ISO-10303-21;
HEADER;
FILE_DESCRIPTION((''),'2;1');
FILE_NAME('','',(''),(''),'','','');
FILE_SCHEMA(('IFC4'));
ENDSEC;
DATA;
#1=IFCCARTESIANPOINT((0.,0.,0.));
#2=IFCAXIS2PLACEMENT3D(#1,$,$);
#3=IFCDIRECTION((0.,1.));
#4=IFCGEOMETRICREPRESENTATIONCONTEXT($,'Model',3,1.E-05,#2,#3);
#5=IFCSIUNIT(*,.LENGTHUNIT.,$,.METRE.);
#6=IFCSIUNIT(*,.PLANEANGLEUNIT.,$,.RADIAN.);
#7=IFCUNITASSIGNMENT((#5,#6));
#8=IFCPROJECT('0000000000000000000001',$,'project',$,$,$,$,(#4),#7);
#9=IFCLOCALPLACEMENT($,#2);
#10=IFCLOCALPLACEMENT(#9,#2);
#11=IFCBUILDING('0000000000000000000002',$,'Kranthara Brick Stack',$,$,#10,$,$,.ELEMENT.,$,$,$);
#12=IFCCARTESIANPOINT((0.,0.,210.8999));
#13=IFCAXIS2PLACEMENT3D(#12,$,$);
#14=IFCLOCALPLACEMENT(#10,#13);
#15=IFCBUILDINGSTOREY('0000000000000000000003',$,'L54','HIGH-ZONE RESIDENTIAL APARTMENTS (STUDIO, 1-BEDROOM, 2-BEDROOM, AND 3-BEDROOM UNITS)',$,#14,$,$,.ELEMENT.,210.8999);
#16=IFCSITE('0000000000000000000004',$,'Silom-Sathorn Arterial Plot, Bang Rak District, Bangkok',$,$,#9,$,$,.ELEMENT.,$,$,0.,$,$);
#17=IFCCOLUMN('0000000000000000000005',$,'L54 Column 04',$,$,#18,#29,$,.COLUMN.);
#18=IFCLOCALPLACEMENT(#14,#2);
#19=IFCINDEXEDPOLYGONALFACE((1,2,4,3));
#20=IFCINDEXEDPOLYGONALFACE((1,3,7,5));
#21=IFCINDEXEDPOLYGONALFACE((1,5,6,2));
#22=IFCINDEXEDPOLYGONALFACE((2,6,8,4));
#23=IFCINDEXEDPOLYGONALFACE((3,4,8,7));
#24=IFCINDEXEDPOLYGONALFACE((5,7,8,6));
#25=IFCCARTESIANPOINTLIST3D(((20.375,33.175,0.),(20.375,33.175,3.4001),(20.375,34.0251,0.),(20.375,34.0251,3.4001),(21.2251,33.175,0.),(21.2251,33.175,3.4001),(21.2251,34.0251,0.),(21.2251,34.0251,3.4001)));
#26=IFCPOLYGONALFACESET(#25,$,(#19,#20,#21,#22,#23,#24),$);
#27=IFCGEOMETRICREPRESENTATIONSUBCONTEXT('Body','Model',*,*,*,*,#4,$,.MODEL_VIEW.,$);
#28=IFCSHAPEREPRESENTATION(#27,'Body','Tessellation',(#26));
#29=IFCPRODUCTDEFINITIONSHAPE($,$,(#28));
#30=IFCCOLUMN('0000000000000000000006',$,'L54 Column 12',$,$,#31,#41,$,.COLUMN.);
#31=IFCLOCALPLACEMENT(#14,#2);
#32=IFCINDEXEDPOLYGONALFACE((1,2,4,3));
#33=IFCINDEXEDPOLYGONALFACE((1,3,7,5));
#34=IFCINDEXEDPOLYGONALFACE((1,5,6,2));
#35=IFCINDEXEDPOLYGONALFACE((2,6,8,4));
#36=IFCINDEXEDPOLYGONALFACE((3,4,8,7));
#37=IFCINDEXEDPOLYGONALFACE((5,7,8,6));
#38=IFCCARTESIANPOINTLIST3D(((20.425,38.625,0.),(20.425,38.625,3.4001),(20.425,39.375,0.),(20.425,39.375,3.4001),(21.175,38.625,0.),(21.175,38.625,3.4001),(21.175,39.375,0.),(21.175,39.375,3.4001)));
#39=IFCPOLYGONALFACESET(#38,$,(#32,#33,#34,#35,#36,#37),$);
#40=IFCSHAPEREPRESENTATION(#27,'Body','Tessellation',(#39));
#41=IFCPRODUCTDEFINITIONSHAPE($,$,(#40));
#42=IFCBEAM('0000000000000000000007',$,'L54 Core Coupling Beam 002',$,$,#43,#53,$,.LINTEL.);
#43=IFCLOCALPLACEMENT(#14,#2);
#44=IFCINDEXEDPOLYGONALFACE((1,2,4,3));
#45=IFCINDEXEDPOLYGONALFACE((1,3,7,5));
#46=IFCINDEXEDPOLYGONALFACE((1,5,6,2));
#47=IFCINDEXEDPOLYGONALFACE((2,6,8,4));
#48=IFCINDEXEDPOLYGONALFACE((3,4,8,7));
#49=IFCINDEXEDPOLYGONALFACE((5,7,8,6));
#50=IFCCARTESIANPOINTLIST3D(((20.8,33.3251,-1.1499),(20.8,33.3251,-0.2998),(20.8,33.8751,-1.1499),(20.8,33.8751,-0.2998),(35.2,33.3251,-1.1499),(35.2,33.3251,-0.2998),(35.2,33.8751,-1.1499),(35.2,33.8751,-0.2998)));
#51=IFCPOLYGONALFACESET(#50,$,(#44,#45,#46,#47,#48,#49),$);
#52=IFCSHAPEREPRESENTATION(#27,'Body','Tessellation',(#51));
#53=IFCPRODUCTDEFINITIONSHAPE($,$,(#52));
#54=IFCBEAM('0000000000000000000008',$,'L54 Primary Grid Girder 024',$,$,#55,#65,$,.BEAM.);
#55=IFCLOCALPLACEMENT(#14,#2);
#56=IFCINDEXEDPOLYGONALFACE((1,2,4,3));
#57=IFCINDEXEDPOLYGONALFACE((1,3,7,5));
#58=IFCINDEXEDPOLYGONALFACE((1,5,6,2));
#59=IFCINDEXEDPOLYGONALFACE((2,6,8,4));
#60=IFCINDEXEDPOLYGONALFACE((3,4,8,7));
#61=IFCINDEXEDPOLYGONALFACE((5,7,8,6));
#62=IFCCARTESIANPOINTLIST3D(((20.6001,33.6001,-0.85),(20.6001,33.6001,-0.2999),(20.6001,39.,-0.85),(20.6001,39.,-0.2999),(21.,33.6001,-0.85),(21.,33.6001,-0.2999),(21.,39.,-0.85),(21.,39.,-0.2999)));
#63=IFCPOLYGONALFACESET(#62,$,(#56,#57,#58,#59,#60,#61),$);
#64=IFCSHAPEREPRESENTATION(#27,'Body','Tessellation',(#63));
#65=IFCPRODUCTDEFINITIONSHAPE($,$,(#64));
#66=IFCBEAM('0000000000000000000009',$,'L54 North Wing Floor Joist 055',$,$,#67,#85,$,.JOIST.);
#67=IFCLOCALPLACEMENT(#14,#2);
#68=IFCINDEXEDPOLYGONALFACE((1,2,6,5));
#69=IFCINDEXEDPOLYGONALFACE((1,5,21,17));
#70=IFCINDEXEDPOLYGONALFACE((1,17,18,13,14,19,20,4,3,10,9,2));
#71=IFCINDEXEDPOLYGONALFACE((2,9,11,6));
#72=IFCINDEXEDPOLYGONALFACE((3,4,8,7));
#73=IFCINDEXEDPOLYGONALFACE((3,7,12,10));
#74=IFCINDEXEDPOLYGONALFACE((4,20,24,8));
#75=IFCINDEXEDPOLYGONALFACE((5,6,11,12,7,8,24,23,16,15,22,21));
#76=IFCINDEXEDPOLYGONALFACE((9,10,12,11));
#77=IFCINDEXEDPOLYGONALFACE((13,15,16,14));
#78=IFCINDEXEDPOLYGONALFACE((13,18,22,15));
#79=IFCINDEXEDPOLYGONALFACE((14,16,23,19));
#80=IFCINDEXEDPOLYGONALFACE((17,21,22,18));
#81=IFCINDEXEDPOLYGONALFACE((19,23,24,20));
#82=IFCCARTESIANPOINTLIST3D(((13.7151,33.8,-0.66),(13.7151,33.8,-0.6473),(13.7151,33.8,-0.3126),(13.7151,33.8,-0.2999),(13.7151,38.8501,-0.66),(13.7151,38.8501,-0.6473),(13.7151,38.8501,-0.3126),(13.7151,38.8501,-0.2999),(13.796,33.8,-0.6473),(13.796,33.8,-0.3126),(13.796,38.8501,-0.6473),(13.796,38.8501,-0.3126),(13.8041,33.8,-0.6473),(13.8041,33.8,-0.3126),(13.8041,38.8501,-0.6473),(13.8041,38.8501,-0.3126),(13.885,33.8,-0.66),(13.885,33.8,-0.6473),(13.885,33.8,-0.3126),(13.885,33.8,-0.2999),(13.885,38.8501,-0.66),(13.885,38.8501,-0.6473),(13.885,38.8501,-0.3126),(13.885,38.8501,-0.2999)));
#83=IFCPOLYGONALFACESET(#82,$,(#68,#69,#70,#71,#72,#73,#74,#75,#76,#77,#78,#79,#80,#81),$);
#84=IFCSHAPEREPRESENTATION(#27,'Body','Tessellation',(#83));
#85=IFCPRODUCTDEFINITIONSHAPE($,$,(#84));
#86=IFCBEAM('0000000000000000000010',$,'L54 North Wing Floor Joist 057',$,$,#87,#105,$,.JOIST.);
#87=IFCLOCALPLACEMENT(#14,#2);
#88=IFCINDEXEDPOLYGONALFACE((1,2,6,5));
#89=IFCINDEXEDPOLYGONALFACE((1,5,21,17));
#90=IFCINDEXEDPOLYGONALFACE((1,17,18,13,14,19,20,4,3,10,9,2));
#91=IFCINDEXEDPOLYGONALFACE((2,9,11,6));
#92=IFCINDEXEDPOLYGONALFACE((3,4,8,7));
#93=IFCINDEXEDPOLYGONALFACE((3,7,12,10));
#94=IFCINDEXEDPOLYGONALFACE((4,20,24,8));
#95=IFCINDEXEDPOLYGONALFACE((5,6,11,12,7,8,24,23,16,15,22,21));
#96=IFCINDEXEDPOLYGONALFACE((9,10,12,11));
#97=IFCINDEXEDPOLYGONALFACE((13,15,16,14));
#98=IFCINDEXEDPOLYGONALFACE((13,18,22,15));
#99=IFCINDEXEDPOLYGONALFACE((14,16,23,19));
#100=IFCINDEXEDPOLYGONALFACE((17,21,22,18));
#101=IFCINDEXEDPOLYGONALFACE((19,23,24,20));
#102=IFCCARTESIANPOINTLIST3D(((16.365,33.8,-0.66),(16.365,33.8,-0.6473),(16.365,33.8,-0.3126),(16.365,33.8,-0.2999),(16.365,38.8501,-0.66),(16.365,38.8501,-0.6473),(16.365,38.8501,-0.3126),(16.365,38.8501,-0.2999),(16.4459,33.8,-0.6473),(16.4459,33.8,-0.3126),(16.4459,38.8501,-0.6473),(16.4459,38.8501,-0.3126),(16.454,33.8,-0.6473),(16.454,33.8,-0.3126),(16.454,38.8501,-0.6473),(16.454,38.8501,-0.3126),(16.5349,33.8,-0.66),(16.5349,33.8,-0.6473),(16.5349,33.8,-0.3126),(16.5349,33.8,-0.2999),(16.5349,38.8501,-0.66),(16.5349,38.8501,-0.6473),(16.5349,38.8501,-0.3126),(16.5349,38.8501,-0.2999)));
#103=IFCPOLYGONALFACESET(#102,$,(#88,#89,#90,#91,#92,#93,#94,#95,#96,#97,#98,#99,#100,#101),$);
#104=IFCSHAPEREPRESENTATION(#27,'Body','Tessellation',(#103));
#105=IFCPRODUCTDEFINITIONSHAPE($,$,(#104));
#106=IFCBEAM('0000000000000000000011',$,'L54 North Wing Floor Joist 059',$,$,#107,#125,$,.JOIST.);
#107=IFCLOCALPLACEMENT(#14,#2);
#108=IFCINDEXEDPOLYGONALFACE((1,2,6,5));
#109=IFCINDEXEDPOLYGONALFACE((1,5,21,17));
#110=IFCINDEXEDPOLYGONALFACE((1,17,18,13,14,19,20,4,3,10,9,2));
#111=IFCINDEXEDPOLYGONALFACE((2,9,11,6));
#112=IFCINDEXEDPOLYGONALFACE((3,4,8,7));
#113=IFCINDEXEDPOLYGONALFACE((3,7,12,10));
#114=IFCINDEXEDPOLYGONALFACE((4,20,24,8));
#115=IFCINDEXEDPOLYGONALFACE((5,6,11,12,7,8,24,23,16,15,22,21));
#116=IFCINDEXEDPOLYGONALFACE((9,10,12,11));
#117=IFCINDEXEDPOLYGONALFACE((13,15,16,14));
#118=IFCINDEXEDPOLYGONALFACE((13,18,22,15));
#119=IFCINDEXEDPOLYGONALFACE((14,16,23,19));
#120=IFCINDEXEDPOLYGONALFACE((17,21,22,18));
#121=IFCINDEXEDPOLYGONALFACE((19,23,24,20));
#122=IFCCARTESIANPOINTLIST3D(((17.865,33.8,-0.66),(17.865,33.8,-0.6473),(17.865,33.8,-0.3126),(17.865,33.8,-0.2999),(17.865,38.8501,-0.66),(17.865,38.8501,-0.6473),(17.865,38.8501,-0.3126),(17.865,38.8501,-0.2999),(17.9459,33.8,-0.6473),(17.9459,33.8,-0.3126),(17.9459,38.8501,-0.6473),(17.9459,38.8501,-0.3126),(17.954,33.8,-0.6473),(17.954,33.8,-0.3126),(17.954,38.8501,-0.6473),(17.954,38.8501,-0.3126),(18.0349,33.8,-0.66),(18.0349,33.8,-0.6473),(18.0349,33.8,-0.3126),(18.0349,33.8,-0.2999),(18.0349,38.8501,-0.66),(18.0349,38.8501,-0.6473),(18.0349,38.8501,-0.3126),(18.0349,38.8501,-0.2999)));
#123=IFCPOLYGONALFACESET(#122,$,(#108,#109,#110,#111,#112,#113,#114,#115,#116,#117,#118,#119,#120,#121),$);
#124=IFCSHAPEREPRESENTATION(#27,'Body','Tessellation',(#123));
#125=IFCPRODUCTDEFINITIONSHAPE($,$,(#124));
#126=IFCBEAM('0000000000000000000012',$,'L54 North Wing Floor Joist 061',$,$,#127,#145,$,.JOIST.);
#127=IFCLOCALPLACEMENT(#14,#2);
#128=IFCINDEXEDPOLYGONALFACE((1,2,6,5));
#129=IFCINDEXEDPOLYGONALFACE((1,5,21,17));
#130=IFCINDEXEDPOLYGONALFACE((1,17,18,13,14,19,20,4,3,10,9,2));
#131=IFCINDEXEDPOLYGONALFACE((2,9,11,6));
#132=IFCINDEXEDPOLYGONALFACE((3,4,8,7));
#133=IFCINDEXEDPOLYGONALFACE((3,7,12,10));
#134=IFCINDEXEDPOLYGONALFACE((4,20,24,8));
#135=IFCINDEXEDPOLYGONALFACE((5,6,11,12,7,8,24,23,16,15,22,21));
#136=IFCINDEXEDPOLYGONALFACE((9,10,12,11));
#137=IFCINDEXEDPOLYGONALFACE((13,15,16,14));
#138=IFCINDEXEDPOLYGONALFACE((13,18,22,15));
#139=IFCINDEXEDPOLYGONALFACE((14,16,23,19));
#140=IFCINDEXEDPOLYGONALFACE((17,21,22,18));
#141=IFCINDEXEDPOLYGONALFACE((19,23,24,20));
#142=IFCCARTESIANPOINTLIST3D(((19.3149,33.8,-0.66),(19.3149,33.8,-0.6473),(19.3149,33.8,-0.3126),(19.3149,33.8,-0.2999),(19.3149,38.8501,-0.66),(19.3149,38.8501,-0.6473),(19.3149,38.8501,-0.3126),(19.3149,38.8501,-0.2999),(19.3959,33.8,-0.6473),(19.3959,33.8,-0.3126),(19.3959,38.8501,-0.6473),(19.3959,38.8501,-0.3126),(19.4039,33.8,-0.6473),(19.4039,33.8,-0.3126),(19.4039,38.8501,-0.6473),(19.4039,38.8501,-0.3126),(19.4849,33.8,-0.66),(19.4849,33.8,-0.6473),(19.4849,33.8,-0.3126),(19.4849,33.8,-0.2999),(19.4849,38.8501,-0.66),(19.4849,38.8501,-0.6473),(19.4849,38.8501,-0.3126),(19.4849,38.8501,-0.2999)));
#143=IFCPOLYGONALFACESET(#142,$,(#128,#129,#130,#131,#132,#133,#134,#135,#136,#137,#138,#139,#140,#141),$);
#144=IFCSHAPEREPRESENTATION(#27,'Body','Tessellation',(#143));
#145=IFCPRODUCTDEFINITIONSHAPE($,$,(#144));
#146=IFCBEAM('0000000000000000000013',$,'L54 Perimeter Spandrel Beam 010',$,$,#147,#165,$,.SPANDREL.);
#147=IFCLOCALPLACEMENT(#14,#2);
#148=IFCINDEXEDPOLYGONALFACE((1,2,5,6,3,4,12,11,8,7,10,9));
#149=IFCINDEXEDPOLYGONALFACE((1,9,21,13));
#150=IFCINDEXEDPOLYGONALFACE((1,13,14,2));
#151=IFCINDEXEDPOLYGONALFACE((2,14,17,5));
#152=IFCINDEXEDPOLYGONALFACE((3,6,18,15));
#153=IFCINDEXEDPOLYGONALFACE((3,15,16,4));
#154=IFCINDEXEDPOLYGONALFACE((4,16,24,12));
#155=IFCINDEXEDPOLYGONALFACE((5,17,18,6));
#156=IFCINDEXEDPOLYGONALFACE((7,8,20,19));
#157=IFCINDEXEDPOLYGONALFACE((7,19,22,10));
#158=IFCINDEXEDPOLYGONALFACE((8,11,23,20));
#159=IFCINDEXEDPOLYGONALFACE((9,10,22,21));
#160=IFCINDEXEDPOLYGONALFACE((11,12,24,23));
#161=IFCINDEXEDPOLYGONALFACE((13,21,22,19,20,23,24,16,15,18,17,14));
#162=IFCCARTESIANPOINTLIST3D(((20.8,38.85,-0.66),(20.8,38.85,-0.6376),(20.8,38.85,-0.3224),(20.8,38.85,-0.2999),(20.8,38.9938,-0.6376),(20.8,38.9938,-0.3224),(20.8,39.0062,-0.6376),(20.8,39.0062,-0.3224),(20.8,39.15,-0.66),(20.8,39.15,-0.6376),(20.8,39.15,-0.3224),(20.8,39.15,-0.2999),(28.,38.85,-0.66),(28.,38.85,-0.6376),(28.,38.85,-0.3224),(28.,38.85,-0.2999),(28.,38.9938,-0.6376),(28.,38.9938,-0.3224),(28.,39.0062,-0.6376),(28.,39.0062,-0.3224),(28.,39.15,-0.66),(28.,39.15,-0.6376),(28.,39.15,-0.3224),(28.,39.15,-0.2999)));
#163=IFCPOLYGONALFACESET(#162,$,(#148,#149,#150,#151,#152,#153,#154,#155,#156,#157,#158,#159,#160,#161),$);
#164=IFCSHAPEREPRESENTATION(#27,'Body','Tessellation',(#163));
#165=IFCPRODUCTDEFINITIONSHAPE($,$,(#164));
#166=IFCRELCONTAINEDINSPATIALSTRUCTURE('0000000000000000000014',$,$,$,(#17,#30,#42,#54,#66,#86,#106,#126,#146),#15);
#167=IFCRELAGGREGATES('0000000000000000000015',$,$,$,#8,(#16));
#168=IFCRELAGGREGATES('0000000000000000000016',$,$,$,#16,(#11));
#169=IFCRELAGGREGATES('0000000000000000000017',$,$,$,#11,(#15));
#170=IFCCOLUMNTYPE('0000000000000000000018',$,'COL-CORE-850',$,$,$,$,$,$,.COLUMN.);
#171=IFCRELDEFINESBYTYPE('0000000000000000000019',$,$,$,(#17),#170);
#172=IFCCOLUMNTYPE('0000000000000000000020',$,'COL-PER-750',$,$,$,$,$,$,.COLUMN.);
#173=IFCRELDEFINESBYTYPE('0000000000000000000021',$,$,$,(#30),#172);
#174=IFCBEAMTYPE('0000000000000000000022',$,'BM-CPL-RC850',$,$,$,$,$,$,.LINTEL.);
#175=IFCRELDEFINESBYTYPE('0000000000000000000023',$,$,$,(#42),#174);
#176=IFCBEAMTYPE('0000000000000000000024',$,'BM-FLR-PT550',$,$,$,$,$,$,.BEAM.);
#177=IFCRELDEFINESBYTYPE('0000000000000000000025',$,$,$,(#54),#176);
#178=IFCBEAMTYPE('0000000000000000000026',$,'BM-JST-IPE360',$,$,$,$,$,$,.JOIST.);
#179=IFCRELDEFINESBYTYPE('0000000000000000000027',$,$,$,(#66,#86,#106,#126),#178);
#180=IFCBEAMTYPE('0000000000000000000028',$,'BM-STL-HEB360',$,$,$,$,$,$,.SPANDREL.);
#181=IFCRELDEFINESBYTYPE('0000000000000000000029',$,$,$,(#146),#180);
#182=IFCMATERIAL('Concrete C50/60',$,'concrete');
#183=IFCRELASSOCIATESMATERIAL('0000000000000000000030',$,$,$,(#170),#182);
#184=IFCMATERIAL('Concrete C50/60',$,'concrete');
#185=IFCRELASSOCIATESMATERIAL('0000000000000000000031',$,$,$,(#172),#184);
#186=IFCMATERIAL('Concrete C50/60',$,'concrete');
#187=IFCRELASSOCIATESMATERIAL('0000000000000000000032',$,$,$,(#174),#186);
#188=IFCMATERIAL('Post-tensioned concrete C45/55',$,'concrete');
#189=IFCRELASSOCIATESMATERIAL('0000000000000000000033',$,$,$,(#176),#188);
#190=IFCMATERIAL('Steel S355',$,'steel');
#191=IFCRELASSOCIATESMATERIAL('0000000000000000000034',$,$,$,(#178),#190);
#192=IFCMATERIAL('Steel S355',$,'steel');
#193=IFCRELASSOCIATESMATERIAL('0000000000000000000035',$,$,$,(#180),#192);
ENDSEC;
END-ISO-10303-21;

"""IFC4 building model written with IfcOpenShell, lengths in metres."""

from ifc_helpers import new_model, si_unit, direction, frame, origin, origin_2d, place, context, subcontext, project, spatial, rectangle, i_section, extrude, material, material_profile, profile_set, type_object, element, save


model = new_model("IFC4")

# Units and contexts
model_context = context("Model", 3, precision=1e-05, world=origin(), true_north=direction((0.0, 1.0)))
body_context = subcontext(model_context, "Body", "Model", "MODEL_VIEW")
ifc_project = project(units=[si_unit("LENGTHUNIT", "METRE"), si_unit("PLANEANGLEUNIT", "RADIAN")], contexts=[model_context])

# Site, building, storey
site_placement = place(None, origin())
site = spatial("IfcSite", under=ifc_project, at=site_placement, Name="Silom-Sathorn Arterial Plot, Bang Rak District, Bangkok", CompositionType="ELEMENT", RefElevation=0.0)
building_placement = place(site_placement, origin())
building = spatial("IfcBuilding", under=site, at=building_placement, Name="Kranthara Brick Stack", CompositionType="ELEMENT")
storey_placement = place(building_placement, frame((0.0, 0.0, 210.8999)))
storey = spatial("IfcBuildingStorey", under=building, at=storey_placement, Name="L54", Description="HIGH-ZONE RESIDENTIAL APARTMENTS (STUDIO, 1-BEDROOM, 2-BEDROOM, AND 3-BEDROOM UNITS)", CompositionType="ELEMENT", Elevation=210.8999)

# Columns
ifc_material_1 = material(Name="Concrete C50/60", Category="concrete")
ifc_material_profile_1 = material_profile(ifc_material_1, rectangle(XDim=0.8501, YDim=0.8501, at=origin_2d()), Name="RC 850x850")
ifc_profile_set_1 = profile_set([ifc_material_profile_1], Name="Concrete C50/60")
column_type_1 = type_object("IfcColumnType", Name="COL-CORE-850", PredefinedType="COLUMN", material=ifc_profile_set_1)
column_1_placement = place(storey_placement, frame((20.8, 33.6001, 0.0), z_axis=(0.0, 0.0, 1.0), x_axis=(1.0, 0.0, 0.0)))
element("IfcColumn", 1, at=column_1_placement, inside=storey, type_object=column_type_1, Name="L54 Column 04", PredefinedType="COLUMN", context=body_context, shape_type="SweptSolid", body=[
    extrude(rectangle(XDim=0.8501, YDim=0.8501, at=origin_2d()), origin(), (0.0, 0.0, 1.0), 3.4001),
])
ifc_material_2 = material(Name="Concrete C50/60", Category="concrete")
ifc_material_profile_2 = material_profile(ifc_material_2, rectangle(XDim=0.75, YDim=0.75, at=origin_2d()), Name="RC 750x750")
ifc_profile_set_2 = profile_set([ifc_material_profile_2], Name="Concrete C50/60")
column_type_2 = type_object("IfcColumnType", Name="COL-PER-750", PredefinedType="COLUMN", material=ifc_profile_set_2)
column_2_placement = place(storey_placement, frame((20.8, 39.0, 0.0), z_axis=(0.0, 0.0, 1.0), x_axis=(1.0, 0.0, 0.0)))
element("IfcColumn", 2, at=column_2_placement, inside=storey, type_object=column_type_2, Name="L54 Column 12", PredefinedType="COLUMN", context=body_context, shape_type="SweptSolid", body=[
    extrude(rectangle(XDim=0.75, YDim=0.75, at=origin_2d()), origin(), (0.0, 0.0, 1.0), 3.4001),
])

# Beams
ifc_material_3 = material(Name="Concrete C50/60", Category="concrete")
ifc_material_profile_3 = material_profile(ifc_material_3, rectangle(XDim=0.55, YDim=0.8501, at=origin_2d()), Name="RC 550x850")
ifc_profile_set_3 = profile_set([ifc_material_profile_3], Name="Concrete C50/60")
beam_type_1 = type_object("IfcBeamType", Name="BM-CPL-RC850", PredefinedType="LINTEL", material=ifc_profile_set_3)
beam_1_placement = place(storey_placement, frame((20.8, 33.6001, -0.7249), z_axis=(1.0, 0.0, 0.0), x_axis=(0.0, 1.0, 0.0)))
element("IfcBeam", 3, at=beam_1_placement, inside=storey, type_object=beam_type_1, Name="L54 Core Coupling Beam 002", PredefinedType="LINTEL", context=body_context, shape_type="SweptSolid", body=[
    extrude(rectangle(XDim=0.55, YDim=0.8501, at=origin_2d()), origin(), (0.0, 0.0, 1.0), 14.3999),
])
ifc_material_4 = material(Name="Post-tensioned concrete C45/55", Category="concrete")
ifc_material_profile_4 = material_profile(ifc_material_4, rectangle(XDim=0.3999, YDim=0.55, at=origin_2d()), Name="PT 400x550")
ifc_profile_set_4 = profile_set([ifc_material_profile_4], Name="Post-tensioned concrete C45/55")
beam_type_2 = type_object("IfcBeamType", Name="BM-FLR-PT550", PredefinedType="BEAM", material=ifc_profile_set_4)
beam_2_placement = place(storey_placement, frame((20.8, 33.6001, -0.575), z_axis=(0.0, 1.0, 0.0), x_axis=(-1.0, 0.0, 0.0)))
element("IfcBeam", 4, at=beam_2_placement, inside=storey, type_object=beam_type_2, Name="L54 Primary Grid Girder 024", PredefinedType="BEAM", context=body_context, shape_type="SweptSolid", body=[
    extrude(rectangle(XDim=0.3999, YDim=0.55, at=origin_2d()), origin(), (0.0, 0.0, 1.0), 5.3999),
])
ifc_material_5 = material(Name="Steel S355", Category="steel")
ifc_material_profile_5 = material_profile(ifc_material_5, i_section(OverallWidth=0.1699, OverallDepth=0.3601, WebThickness=0.0081, FlangeThickness=0.0127, at=origin_2d()), Name="IPE 360")
ifc_profile_set_5 = profile_set([ifc_material_profile_5], Name="Steel S355")
beam_type_3 = type_object("IfcBeamType", Name="BM-JST-IPE360", PredefinedType="JOIST", material=ifc_profile_set_5)
for number, where, z_axis, x_axis, name in (
    (5, (13.8, 33.8, -0.48), (0.0, 1.0, 0.0), (-1.0, 0.0, 0.0), "L54 North Wing Floor Joist 055"),
    (6, (16.45, 33.8, -0.48), (0.0, 1.0, 0.0), (-1.0, 0.0, 0.0), "L54 North Wing Floor Joist 057"),
    (7, (17.95, 33.8, -0.48), (0.0, 1.0, 0.0), (-1.0, 0.0, 0.0), "L54 North Wing Floor Joist 059"),
    (8, (19.3999, 33.8, -0.48), (0.0, 1.0, 0.0), (-1.0, 0.0, 0.0), "L54 North Wing Floor Joist 061"),
):
    element("IfcBeam", number, at=place(storey_placement, frame(where, z_axis=z_axis, x_axis=x_axis)), inside=storey, type_object=beam_type_3, Name=name, PredefinedType="JOIST", context=body_context, shape_type="SweptSolid", body=[
        extrude(i_section(OverallWidth=0.1699, OverallDepth=0.3601, WebThickness=0.0081, FlangeThickness=0.0127, at=origin_2d()), origin(), (0.0, 0.0, 1.0), 5.05),
    ])
ifc_material_6 = material(Name="Steel S355", Category="steel")
ifc_material_profile_6 = material_profile(ifc_material_6, i_section(OverallWidth=0.3, OverallDepth=0.3601, WebThickness=0.0125, FlangeThickness=0.0225, at=origin_2d()), Name="HEB 360")
ifc_profile_set_6 = profile_set([ifc_material_profile_6], Name="Steel S355")
beam_type_4 = type_object("IfcBeamType", Name="BM-STL-HEB360", PredefinedType="SPANDREL", material=ifc_profile_set_6)
beam_3_placement = place(storey_placement, frame((20.8, 39.0, -0.48), z_axis=(1.0, 0.0, 0.0), x_axis=(0.0, 1.0, 0.0)))
element("IfcBeam", 9, at=beam_3_placement, inside=storey, type_object=beam_type_4, Name="L54 Perimeter Spandrel Beam 010", PredefinedType="SPANDREL", context=body_context, shape_type="SweptSolid", body=[
    extrude(i_section(OverallWidth=0.3, OverallDepth=0.3601, WebThickness=0.0125, FlangeThickness=0.0225, at=origin_2d()), origin(), (0.0, 0.0, 1.0), 7.2),
])

save(model, "model.ifc")
